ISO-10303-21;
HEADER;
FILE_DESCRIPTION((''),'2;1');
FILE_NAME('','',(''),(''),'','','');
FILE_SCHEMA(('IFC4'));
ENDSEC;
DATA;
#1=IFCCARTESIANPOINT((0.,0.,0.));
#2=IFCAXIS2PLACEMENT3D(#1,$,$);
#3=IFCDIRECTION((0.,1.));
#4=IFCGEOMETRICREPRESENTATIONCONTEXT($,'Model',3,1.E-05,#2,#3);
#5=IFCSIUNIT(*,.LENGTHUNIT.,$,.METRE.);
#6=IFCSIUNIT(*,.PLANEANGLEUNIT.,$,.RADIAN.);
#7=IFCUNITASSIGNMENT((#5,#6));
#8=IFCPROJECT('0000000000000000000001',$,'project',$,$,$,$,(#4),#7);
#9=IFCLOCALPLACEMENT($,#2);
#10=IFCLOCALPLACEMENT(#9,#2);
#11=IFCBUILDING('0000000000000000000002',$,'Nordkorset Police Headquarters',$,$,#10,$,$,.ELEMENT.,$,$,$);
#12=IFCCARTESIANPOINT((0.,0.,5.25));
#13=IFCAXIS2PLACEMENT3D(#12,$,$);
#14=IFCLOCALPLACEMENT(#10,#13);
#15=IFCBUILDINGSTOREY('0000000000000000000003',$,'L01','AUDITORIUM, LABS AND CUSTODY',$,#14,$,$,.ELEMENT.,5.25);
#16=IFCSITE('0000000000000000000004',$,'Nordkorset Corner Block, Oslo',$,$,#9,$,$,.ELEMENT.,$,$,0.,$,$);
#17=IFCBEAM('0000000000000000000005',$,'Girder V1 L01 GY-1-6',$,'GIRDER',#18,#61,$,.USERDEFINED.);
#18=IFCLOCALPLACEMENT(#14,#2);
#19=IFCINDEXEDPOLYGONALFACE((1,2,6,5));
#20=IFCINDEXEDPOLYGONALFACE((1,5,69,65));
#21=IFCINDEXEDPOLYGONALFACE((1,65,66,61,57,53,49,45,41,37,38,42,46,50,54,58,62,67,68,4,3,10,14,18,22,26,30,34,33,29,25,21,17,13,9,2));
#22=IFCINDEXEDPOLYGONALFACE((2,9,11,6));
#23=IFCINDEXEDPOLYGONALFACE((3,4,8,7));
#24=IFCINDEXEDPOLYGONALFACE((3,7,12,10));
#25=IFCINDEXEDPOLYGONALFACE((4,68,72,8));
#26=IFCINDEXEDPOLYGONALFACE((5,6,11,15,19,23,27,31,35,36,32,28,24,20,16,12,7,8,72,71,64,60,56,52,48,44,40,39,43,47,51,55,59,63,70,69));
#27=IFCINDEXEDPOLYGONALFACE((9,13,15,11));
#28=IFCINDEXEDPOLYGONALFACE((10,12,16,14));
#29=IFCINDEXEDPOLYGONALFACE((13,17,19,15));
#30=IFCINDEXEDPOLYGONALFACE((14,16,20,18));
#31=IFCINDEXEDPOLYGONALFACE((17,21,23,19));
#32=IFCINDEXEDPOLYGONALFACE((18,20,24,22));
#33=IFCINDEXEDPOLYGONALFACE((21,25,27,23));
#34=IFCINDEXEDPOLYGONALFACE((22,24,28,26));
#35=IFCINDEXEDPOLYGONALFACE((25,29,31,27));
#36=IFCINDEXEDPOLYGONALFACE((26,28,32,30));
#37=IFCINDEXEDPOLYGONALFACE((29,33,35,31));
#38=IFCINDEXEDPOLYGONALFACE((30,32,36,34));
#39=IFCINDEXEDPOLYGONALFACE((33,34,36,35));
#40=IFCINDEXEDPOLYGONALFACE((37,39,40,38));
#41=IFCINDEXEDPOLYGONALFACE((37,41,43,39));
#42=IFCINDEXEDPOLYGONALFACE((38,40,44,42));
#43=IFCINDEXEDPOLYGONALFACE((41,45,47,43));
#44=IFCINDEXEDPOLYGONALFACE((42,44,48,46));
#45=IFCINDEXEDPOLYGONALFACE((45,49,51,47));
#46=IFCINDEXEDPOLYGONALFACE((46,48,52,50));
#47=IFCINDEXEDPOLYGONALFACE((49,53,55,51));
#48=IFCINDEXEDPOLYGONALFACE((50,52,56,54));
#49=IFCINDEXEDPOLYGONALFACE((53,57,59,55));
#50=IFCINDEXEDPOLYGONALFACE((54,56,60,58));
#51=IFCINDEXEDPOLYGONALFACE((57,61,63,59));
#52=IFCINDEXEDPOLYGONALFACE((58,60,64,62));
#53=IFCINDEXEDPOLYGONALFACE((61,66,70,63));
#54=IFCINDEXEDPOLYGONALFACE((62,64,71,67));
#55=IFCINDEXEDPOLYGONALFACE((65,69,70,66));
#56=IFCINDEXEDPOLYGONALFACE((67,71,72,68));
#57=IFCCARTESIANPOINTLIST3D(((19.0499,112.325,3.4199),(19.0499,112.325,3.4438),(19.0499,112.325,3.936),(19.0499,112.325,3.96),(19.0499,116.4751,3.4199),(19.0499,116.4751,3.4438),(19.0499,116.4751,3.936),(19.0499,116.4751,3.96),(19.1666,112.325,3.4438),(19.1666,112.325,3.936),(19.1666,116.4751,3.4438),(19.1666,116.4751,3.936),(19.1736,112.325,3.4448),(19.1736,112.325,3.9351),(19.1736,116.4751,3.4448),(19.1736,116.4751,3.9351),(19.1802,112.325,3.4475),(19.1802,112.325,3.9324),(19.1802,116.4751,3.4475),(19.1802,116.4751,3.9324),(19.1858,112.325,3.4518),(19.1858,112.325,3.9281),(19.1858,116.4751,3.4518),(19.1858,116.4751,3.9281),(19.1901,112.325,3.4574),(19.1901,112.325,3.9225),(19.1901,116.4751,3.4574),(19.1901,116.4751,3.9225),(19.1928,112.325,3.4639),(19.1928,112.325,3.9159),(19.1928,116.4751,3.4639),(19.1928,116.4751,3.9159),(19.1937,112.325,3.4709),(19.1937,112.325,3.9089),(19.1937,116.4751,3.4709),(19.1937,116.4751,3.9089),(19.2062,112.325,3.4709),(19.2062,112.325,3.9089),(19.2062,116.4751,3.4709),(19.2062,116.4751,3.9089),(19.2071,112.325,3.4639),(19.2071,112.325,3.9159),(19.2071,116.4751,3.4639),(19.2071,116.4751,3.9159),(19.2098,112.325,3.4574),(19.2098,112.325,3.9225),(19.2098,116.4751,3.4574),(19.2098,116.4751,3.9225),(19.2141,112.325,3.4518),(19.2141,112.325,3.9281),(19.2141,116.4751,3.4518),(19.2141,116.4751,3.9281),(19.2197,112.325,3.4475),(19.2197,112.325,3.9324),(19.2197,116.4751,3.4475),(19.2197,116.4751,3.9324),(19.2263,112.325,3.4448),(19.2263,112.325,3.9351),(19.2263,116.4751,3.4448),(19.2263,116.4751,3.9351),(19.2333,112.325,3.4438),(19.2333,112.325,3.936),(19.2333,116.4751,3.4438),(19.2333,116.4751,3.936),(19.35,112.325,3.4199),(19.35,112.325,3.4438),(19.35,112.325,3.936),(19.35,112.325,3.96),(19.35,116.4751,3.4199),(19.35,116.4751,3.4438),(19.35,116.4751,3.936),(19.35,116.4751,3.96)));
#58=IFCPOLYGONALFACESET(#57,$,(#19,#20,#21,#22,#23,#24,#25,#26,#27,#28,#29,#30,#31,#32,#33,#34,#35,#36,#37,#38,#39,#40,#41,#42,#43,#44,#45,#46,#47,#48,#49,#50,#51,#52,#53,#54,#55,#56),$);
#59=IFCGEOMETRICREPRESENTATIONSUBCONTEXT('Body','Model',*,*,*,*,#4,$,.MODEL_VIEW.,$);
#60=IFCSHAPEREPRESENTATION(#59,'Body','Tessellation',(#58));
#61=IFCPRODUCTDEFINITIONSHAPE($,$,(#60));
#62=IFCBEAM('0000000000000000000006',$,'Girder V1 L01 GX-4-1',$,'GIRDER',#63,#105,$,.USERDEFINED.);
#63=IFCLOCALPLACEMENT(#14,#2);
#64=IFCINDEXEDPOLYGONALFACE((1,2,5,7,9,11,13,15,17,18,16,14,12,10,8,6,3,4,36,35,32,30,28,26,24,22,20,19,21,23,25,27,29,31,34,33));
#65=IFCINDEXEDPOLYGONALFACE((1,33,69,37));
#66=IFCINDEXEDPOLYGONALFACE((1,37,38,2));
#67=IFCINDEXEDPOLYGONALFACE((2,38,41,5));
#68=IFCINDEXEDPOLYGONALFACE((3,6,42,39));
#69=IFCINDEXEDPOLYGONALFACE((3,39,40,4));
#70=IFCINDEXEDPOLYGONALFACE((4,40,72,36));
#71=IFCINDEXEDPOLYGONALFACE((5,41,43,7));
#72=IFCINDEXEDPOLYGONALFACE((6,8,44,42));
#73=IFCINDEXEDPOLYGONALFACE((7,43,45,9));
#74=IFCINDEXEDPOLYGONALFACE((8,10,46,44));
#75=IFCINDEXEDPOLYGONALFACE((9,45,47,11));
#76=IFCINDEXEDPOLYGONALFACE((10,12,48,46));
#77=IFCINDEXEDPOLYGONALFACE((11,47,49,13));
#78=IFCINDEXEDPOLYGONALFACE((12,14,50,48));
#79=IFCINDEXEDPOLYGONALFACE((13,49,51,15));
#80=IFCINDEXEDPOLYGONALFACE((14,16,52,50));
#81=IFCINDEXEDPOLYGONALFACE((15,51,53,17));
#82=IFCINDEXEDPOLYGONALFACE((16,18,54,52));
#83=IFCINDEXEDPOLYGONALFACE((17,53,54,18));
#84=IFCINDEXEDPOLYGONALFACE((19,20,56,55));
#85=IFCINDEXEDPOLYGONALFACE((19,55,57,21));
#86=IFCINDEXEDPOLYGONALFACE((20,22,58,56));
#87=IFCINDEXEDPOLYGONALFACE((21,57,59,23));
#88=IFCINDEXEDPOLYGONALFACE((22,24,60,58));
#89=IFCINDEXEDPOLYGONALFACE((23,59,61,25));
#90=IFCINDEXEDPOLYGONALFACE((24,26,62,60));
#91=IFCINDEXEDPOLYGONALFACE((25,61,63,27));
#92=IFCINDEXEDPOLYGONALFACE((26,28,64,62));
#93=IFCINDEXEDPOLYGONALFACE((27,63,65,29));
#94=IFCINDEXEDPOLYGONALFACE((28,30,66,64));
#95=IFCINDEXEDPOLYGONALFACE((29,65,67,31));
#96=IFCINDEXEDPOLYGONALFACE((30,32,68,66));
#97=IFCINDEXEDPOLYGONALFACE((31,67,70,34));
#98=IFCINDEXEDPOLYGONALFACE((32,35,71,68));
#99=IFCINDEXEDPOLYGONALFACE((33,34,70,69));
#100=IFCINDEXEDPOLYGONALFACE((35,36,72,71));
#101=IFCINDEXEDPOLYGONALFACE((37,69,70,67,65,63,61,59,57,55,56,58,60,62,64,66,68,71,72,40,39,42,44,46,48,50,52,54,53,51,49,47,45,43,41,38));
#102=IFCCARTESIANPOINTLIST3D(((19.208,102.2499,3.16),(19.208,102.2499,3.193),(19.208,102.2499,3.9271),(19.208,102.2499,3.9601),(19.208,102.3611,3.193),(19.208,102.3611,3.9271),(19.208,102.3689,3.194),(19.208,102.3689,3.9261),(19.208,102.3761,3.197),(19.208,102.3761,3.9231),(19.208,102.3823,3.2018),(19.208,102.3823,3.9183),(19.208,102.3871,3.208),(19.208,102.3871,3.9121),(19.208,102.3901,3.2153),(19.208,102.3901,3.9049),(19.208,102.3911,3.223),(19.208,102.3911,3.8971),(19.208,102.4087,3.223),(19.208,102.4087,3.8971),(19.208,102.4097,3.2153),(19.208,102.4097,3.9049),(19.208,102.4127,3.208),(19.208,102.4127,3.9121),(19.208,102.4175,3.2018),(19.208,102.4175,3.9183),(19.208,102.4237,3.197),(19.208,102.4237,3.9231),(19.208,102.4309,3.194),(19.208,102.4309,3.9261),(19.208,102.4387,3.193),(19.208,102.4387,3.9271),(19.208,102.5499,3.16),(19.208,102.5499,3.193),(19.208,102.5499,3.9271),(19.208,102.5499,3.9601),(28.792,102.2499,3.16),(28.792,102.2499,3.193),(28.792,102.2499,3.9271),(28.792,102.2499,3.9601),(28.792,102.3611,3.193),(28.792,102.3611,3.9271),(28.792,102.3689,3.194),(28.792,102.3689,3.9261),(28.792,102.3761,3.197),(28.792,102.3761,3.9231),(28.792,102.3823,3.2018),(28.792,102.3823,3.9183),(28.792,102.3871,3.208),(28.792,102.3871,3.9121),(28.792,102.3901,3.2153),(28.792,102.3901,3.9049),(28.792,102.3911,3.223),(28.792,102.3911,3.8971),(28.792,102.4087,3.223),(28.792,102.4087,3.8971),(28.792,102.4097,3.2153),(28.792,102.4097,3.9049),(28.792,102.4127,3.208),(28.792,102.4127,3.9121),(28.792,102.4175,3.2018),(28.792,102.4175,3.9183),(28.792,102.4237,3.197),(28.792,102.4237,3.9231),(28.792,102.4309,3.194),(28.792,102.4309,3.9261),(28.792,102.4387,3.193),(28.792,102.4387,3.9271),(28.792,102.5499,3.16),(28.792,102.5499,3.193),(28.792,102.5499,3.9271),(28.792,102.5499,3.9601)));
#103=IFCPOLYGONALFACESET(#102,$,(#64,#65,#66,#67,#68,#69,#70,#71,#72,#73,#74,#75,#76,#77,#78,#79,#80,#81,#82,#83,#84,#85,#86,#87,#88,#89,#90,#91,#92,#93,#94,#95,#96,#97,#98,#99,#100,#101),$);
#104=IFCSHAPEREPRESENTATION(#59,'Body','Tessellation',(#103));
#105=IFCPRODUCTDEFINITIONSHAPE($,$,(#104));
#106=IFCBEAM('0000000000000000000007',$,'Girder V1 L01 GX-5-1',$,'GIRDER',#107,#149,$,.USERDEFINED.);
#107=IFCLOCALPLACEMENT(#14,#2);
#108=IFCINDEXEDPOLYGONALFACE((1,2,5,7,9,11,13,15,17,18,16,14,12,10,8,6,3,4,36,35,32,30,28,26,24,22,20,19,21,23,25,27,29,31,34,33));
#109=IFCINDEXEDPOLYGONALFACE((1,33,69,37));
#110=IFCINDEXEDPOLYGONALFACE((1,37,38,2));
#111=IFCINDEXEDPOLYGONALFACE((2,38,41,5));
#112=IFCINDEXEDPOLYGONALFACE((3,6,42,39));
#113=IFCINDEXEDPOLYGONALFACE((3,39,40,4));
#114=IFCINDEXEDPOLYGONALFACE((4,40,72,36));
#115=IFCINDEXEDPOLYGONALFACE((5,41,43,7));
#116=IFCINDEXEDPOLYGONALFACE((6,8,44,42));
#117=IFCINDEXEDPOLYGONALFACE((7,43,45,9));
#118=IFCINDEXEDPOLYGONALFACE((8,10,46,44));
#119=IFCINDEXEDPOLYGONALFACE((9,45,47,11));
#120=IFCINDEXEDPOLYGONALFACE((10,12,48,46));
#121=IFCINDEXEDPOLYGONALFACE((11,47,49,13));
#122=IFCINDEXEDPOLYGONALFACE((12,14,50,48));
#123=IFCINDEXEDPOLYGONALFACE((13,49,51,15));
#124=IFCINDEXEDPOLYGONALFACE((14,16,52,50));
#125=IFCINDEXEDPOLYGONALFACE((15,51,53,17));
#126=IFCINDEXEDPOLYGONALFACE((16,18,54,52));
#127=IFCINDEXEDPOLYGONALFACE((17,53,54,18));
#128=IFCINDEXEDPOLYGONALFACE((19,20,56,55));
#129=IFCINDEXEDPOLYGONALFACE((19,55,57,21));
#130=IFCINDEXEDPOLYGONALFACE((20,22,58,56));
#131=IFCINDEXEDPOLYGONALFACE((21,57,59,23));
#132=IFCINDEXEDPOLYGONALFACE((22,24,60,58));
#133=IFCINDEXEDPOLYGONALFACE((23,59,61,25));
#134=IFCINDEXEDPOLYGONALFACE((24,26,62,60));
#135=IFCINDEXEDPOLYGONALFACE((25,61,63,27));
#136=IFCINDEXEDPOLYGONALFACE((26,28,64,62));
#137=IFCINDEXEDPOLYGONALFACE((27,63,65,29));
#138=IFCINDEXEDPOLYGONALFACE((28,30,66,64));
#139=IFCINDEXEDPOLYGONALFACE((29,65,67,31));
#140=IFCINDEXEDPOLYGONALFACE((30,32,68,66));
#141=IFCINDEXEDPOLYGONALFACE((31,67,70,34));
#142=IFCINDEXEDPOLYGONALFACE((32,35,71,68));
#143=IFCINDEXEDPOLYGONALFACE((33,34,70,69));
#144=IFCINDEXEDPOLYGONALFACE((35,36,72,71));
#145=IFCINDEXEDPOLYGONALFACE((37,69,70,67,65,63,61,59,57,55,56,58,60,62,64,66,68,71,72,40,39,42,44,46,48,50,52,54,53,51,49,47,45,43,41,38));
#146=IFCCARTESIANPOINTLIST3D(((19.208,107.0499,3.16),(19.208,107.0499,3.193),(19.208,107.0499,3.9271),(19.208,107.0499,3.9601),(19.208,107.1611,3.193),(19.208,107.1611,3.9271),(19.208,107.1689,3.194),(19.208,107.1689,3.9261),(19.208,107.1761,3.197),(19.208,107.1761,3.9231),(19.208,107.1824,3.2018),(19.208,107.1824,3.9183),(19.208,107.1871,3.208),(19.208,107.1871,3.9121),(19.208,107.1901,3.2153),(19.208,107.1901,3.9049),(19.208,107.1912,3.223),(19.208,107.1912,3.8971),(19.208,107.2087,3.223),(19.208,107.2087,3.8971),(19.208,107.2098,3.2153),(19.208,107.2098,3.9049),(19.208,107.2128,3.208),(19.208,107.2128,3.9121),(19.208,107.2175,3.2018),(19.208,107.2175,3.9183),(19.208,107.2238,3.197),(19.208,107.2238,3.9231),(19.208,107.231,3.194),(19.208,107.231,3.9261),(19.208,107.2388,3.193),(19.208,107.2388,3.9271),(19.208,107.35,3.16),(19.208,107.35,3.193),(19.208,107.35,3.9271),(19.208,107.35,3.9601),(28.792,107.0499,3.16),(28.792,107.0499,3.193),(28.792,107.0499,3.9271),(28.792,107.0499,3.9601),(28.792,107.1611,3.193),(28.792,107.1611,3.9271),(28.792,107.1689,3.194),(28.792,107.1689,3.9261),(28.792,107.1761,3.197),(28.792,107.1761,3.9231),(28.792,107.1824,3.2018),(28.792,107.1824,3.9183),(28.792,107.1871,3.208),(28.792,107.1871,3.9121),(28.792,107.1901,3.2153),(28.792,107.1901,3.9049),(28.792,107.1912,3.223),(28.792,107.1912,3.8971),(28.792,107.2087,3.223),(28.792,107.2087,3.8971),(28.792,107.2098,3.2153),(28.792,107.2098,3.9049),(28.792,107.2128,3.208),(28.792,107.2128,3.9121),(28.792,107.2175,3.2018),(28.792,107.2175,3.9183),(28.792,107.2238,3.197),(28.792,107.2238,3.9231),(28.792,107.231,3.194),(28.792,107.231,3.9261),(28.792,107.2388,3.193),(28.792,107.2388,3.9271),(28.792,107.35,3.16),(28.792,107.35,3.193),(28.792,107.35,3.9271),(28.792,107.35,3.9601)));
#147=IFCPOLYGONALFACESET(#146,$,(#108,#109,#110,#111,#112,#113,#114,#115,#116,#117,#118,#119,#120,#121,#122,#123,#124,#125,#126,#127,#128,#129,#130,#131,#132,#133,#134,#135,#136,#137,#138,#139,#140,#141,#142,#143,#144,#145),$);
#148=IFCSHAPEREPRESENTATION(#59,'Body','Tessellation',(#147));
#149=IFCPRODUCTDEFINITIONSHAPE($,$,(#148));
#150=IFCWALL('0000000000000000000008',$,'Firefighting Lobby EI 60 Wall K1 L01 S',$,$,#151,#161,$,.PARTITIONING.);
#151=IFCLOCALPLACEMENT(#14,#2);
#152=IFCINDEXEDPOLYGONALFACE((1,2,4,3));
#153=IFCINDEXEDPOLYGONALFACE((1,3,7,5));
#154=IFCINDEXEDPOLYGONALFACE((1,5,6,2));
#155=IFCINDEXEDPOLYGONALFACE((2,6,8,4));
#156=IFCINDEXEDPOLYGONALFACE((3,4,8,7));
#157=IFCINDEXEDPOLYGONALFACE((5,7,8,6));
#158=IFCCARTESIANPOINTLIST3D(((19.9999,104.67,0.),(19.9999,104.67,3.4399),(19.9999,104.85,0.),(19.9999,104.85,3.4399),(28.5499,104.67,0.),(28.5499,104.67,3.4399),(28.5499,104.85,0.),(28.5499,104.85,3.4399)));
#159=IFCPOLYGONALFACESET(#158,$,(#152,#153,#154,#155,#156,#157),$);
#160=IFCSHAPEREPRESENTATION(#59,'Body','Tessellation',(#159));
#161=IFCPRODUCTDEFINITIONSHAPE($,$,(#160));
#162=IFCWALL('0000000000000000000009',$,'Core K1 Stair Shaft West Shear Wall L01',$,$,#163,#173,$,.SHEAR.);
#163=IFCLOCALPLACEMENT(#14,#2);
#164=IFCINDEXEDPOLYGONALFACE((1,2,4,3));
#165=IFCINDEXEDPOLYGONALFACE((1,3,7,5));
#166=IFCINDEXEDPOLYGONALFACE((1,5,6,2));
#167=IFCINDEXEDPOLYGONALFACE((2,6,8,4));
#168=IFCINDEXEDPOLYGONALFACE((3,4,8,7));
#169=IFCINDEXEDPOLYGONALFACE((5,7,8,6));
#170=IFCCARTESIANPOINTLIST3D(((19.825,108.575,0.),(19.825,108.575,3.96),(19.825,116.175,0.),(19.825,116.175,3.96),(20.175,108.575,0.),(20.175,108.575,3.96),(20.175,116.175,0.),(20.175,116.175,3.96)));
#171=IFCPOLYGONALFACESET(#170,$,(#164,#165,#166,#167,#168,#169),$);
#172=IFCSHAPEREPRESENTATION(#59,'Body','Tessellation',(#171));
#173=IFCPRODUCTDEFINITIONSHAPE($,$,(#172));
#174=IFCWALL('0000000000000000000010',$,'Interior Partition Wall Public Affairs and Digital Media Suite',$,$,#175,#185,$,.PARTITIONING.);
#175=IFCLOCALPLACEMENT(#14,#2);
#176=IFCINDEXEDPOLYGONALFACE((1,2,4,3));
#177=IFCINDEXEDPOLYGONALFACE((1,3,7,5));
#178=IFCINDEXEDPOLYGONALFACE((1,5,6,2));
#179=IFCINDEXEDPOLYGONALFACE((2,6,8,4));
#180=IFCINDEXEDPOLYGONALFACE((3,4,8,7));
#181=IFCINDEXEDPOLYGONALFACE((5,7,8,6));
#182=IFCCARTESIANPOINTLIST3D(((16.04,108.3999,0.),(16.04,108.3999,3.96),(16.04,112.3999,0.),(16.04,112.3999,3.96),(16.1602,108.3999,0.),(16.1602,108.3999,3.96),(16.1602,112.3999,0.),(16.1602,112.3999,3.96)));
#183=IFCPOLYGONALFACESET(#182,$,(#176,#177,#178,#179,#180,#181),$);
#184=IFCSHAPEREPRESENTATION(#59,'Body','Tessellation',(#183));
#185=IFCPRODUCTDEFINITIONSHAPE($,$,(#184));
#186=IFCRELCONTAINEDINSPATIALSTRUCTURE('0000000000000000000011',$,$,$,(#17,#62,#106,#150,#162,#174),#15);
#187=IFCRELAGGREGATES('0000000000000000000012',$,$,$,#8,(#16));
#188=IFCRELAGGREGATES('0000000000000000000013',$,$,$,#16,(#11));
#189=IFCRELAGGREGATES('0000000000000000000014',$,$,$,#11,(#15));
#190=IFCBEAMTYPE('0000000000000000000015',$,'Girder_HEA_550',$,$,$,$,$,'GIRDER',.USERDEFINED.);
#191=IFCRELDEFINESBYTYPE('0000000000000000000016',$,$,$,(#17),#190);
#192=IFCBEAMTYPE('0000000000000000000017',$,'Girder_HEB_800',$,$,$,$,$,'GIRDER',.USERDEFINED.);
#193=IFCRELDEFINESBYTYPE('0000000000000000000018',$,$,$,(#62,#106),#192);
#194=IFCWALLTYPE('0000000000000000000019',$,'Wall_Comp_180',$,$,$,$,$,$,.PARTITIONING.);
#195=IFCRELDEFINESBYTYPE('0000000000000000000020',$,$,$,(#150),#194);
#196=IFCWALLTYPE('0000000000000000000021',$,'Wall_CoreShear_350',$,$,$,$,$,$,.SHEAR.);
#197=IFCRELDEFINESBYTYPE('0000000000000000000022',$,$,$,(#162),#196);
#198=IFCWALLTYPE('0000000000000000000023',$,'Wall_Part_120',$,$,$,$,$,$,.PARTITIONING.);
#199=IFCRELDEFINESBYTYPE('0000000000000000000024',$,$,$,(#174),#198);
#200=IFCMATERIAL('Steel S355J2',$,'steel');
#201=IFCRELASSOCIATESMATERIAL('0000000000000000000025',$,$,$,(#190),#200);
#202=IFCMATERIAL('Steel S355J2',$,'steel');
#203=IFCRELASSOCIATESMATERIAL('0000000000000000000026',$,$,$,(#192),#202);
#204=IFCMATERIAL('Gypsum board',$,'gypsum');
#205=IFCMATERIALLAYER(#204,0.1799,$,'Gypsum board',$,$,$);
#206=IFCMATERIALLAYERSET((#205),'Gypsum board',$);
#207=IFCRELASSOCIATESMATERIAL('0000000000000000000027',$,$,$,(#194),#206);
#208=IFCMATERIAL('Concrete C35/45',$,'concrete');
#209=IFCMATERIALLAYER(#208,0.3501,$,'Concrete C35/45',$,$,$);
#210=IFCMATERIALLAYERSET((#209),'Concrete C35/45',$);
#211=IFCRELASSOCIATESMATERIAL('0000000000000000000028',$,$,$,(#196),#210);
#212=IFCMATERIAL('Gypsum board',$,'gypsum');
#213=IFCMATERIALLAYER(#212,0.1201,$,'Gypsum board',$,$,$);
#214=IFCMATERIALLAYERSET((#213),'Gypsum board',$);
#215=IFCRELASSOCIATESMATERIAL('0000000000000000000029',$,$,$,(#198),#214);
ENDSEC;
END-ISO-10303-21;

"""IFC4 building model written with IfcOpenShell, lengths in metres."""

from ifc_helpers import new_model, si_unit, direction, frame, frame_2d, origin, origin_2d, place, context, subcontext, project, spatial, rectangle, i_section, extrude, material, layer, layer_set, material_profile, profile_set, type_object, element, save


model = new_model("IFC4")

# Units and contexts
model_context = context("Model", 3, precision=1e-05, world=origin(), true_north=direction((0.0, 1.0)))
body_context = subcontext(model_context, "Body", "Model", "MODEL_VIEW")
ifc_project = project(units=[si_unit("LENGTHUNIT", "METRE"), si_unit("PLANEANGLEUNIT", "RADIAN")], contexts=[model_context])

# Site, building, storey
site_placement = place(None, origin())
site = spatial("IfcSite", under=ifc_project, at=site_placement, Name="Nordkorset Corner Block, Oslo", CompositionType="ELEMENT", RefElevation=0.0)
building_placement = place(site_placement, origin())
building = spatial("IfcBuilding", under=site, at=building_placement, Name="Nordkorset Police Headquarters", CompositionType="ELEMENT")
storey_placement = place(building_placement, frame((0.0, 0.0, 5.25)))
storey = spatial("IfcBuildingStorey", under=building, at=storey_placement, Name="L01", Description="AUDITORIUM, LABS AND CUSTODY", CompositionType="ELEMENT", Elevation=5.25)

# Beams
ifc_material_1 = material(Name="Steel S355J2", Category="steel")
ifc_material_profile_1 = material_profile(ifc_material_1, i_section(OverallWidth=0.3, OverallDepth=0.54, WebThickness=0.0125, FlangeThickness=0.0239, FilletRadius=0.0271, at=origin_2d()), Name="HEA 550")
ifc_profile_set_1 = profile_set([ifc_material_profile_1], Name="Steel S355J2")
beam_type_1 = type_object("IfcBeamType", Name="Girder_HEA_550", ElementType="GIRDER", PredefinedType="USERDEFINED", material=ifc_profile_set_1)
for number, where, z_axis, x_axis, name in (
    (1, (19.2, 112.325, 3.6899), (0.0, 1.0, 0.0), (-1.0, 0.0, 0.0), "Girder V1 L01 GY-1-6"),
):
    element("IfcBeam", number, at=place(storey_placement, frame(where, z_axis=z_axis, x_axis=x_axis)), inside=storey, type_object=beam_type_1, Name=name, ObjectType="GIRDER", PredefinedType="USERDEFINED", context=body_context, shape_type="SweptSolid", body=[
        extrude(i_section(OverallWidth=0.3, OverallDepth=0.54, WebThickness=0.0125, FlangeThickness=0.0239, FilletRadius=0.0271, at=origin_2d()), origin(), (0.0, 0.0, 1.0), 4.1501),
    ])
ifc_material_2 = material(Name="Steel S355J2", Category="steel")
ifc_material_profile_2 = material_profile(ifc_material_2, i_section(OverallWidth=0.3, OverallDepth=0.8, WebThickness=0.0176, FlangeThickness=0.033, FilletRadius=0.03, at=origin_2d()), Name="HEB 800")
ifc_profile_set_2 = profile_set([ifc_material_profile_2], Name="Steel S355J2")
beam_type_2 = type_object("IfcBeamType", Name="Girder_HEB_800", ElementType="GIRDER", PredefinedType="USERDEFINED", material=ifc_profile_set_2)
for number, where, z_axis, x_axis, name in (
    (2, (19.208, 102.3999, 3.5601), (1.0, 0.0, 0.0), (0.0, 1.0, 0.0), "Girder V1 L01 GX-4-1"),
    (3, (19.208, 107.2, 3.5601), (1.0, 0.0, 0.0), (0.0, 1.0, 0.0), "Girder V1 L01 GX-5-1"),
):
    element("IfcBeam", number, at=place(storey_placement, frame(where, z_axis=z_axis, x_axis=x_axis)), inside=storey, type_object=beam_type_2, Name=name, ObjectType="GIRDER", PredefinedType="USERDEFINED", context=body_context, shape_type="SweptSolid", body=[
        extrude(i_section(OverallWidth=0.3, OverallDepth=0.8, WebThickness=0.0176, FlangeThickness=0.033, FilletRadius=0.03, at=origin_2d()), origin(), (0.0, 0.0, 1.0), 9.584),
    ])

# Wall
ifc_material_3 = material(Name="Gypsum board", Category="gypsum")
ifc_layer_1 = layer(ifc_material_3, 0.1799, Name="Gypsum board")
ifc_layer_set_1 = layer_set([ifc_layer_1], Name="Gypsum board")
wall_type_1 = type_object("IfcWallType", Name="Wall_Comp_180", PredefinedType="PARTITIONING", material=ifc_layer_set_1)
wall_1_placement = place(storey_placement, frame((20.0, 104.76, 0.0), z_axis=(0.0, 0.0, 1.0), x_axis=(1.0, 0.0, 0.0)))
element("IfcWall", 4, at=wall_1_placement, inside=storey, type_object=wall_type_1, Name="Firefighting Lobby EI 60 Wall K1 L01 S", PredefinedType="PARTITIONING", context=body_context, shape_type="SweptSolid", body=[
    extrude(rectangle(XDim=8.55, YDim=0.1799, at=frame_2d((4.2749, 0.0))), origin(), (0.0, 0.0, 1.0), 3.4399),
])

# Shared definitions
ifc_material_4 = material(Name="Concrete C35/45", Category="concrete")
ifc_layer_2 = layer(ifc_material_4, 0.3501, Name="Concrete C35/45")
ifc_layer_set_2 = layer_set([ifc_layer_2], Name="Concrete C35/45")
wall_type_2 = type_object("IfcWallType", Name="Wall_CoreShear_350", PredefinedType="SHEAR", material=ifc_layer_set_2)

# Walls
wall_2_placement = place(storey_placement, frame((20.0, 108.575, 0.0), z_axis=(0.0, 0.0, 1.0), x_axis=(0.0, 1.0, 0.0)))
element("IfcWall", 5, at=wall_2_placement, inside=storey, type_object=wall_type_2, Name="Core K1 Stair Shaft West Shear Wall L01", PredefinedType="SHEAR", context=body_context, shape_type="SweptSolid", body=[
    extrude(rectangle(XDim=7.6001, YDim=0.3501, at=frame_2d((3.8, 0.0))), origin(), (0.0, 0.0, 1.0), 3.96),
])
ifc_material_5 = material(Name="Gypsum board", Category="gypsum")
ifc_layer_3 = layer(ifc_material_5, 0.1201, Name="Gypsum board")
ifc_layer_set_3 = layer_set([ifc_layer_3], Name="Gypsum board")
wall_type_3 = type_object("IfcWallType", Name="Wall_Part_120", PredefinedType="PARTITIONING", material=ifc_layer_set_3)
wall_3_placement = place(storey_placement, frame((16.1001, 108.3999, 0.0), z_axis=(0.0, 0.0, 1.0), x_axis=(0.0, 1.0, 0.0)))
element("IfcWall", 6, at=wall_3_placement, inside=storey, type_object=wall_type_3, Name="Interior Partition Wall Public Affairs and Digital Media Suite", PredefinedType="PARTITIONING", context=body_context, shape_type="SweptSolid", body=[
    extrude(rectangle(XDim=4.0, YDim=0.1201, at=frame_2d((2.0, 0.0))), origin(), (0.0, 0.0, 1.0), 3.96),
])

save(model, "model.ifc")
